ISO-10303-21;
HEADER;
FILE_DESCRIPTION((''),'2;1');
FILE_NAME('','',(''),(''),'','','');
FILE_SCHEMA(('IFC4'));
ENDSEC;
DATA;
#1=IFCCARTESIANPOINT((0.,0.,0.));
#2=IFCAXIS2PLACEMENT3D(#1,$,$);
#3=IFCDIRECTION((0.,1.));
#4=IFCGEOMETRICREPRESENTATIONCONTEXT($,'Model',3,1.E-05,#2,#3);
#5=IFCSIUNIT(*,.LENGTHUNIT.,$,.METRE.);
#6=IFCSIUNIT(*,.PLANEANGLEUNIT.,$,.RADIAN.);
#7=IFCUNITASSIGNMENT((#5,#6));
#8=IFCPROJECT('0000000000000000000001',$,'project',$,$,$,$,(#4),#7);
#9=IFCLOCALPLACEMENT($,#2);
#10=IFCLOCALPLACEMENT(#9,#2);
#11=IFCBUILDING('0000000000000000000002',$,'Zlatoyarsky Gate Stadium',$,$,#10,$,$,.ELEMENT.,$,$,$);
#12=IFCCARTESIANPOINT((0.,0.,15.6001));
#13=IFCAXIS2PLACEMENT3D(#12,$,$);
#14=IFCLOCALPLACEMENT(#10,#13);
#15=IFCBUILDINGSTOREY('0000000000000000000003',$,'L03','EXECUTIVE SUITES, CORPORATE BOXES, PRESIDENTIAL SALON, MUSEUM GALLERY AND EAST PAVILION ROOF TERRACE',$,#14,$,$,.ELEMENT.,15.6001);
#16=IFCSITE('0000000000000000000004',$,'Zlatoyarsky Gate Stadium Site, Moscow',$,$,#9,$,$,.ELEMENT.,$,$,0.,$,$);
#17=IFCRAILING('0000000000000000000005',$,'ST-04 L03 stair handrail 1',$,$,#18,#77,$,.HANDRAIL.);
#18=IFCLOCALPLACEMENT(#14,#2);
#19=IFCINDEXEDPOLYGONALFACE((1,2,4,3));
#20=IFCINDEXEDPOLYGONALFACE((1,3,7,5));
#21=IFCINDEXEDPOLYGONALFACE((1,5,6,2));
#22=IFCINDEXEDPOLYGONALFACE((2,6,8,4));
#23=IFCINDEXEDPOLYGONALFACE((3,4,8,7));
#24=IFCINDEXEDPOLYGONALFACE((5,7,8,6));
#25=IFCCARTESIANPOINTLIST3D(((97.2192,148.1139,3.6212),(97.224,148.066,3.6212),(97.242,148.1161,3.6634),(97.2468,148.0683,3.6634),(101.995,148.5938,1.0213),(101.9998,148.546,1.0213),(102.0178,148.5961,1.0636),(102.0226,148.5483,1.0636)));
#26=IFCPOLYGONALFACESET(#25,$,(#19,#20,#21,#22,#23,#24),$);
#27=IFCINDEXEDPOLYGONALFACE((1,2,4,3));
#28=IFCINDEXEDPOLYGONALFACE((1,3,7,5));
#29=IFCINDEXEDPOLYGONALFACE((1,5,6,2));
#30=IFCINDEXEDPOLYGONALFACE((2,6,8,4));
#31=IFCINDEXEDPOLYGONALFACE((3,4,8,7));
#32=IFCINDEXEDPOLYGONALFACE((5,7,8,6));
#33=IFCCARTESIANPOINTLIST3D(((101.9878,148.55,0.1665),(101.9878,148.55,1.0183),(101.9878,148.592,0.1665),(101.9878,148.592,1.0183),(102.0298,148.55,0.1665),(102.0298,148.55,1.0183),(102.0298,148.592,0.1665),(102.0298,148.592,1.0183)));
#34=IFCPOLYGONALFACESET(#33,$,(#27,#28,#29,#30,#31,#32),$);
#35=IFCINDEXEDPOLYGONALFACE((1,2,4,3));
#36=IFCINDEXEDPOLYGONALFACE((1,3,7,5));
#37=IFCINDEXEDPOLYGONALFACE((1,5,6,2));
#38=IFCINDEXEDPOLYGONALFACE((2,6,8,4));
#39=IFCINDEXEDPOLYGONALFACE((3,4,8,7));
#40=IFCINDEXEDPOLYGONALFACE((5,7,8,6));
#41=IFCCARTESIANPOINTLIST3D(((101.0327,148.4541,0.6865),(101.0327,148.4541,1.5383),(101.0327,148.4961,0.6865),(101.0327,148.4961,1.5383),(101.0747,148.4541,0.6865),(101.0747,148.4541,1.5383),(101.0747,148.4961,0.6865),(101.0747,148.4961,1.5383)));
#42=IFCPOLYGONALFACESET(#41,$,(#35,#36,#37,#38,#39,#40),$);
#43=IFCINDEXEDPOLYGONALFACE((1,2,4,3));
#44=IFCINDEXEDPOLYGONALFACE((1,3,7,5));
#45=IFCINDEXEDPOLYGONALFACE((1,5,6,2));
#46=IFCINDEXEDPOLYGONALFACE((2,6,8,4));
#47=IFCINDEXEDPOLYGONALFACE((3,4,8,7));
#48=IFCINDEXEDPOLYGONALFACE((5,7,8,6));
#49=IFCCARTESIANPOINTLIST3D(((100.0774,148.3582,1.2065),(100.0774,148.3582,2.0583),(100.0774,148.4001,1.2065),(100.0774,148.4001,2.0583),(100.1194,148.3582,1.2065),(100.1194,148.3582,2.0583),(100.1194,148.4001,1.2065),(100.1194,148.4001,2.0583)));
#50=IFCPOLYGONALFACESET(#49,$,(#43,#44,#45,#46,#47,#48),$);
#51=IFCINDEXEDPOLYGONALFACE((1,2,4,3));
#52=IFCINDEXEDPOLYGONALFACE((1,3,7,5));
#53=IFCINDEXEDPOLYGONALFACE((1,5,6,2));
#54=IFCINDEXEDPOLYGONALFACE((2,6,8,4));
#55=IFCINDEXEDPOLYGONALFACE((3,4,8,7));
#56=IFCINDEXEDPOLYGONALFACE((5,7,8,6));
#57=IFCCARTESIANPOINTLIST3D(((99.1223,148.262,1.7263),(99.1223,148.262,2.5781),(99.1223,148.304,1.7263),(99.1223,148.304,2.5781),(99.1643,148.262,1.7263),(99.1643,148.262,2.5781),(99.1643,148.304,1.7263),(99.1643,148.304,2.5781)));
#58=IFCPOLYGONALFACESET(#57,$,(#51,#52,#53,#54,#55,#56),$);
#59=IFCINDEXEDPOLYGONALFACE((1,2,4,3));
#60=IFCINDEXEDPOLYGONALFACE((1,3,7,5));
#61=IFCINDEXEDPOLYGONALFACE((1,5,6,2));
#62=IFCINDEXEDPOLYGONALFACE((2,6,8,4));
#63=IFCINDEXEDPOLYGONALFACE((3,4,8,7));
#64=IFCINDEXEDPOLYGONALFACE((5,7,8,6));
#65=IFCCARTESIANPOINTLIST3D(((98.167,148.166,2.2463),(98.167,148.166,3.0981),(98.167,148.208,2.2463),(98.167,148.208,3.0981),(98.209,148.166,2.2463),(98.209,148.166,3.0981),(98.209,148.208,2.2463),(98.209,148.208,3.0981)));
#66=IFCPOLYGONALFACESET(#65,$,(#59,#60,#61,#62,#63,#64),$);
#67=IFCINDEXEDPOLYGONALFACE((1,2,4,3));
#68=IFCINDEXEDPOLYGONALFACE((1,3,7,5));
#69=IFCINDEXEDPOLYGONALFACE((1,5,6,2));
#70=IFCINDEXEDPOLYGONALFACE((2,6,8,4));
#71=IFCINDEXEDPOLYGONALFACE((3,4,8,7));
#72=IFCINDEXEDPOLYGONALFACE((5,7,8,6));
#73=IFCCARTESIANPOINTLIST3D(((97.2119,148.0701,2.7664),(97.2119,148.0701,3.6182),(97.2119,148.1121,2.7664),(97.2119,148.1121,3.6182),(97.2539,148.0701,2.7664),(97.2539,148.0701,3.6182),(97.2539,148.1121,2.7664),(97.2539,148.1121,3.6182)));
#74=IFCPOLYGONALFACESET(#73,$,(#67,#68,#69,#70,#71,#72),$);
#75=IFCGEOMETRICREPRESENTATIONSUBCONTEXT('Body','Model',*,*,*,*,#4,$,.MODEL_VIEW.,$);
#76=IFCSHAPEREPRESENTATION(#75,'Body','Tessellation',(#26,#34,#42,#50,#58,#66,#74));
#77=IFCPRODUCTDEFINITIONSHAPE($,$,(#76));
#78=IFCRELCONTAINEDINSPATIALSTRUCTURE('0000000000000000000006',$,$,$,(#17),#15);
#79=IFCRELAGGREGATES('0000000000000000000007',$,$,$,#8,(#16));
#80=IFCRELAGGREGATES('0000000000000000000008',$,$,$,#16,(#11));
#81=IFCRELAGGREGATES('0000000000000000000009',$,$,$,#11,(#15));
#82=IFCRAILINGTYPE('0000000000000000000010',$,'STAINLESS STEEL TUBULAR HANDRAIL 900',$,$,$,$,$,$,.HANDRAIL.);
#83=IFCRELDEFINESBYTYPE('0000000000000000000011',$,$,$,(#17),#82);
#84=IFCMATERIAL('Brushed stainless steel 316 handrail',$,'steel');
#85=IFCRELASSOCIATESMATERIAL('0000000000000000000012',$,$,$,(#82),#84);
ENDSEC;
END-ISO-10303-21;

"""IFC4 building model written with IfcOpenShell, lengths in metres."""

from ifc_helpers import new_model, si_unit, direction, frame, origin, origin_2d, place, context, subcontext, project, spatial, rectangle, extrude, material, type_object, element, save


model = new_model("IFC4")

# Units and contexts
model_context = context("Model", 3, precision=1e-05, world=origin(), true_north=direction((0.0, 1.0)))
body_context = subcontext(model_context, "Body", "Model", "MODEL_VIEW")
ifc_project = project(units=[si_unit("LENGTHUNIT", "METRE"), si_unit("PLANEANGLEUNIT", "RADIAN")], contexts=[model_context])

# Site, building, storey
site_placement = place(None, origin())
site = spatial("IfcSite", under=ifc_project, at=site_placement, Name="Zlatoyarsky Gate Stadium Site, Moscow", CompositionType="ELEMENT", RefElevation=0.0)
building_placement = place(site_placement, origin())
building = spatial("IfcBuilding", under=site, at=building_placement, Name="Zlatoyarsky Gate Stadium", CompositionType="ELEMENT")
storey_placement = place(building_placement, frame((0.0, 0.0, 15.6001)))
storey = spatial("IfcBuildingStorey", under=building, at=storey_placement, Name="L03", Description="EXECUTIVE SUITES, CORPORATE BOXES, PRESIDENTIAL SALON, MUSEUM GALLERY AND EAST PAVILION ROOF TERRACE", CompositionType="ELEMENT", Elevation=15.6001)

# Railing
ifc_material_1 = material(Name="Brushed stainless steel 316 handrail", Category="steel")
railing_type_1 = type_object("IfcRailingType", Name="STAINLESS STEEL TUBULAR HANDRAIL 900", PredefinedType="HANDRAIL", material=ifc_material_1)
railing_1_placement = place(storey_placement, frame((102.0088, 148.571, 0.1665)))
element("IfcRailing", 1, at=railing_1_placement, inside=storey, type_object=railing_type_1, Name="ST-04 L03 stair handrail 1", PredefinedType="HANDRAIL", context=body_context, shape_type="SweptSolid", body=[
    extrude(rectangle(XDim=0.0481, YDim=0.0481, at=origin_2d()), frame((0.0, 0.0, 0.876), z_axis=(-0.874893, -0.087928, 0.476267), x_axis=(0.099997, -0.994988, 0.0)), (0.0, 0.0, 1.0), 5.4587),
    extrude(rectangle(XDim=0.042, YDim=0.042, at=origin_2d()), origin(), (0.0, 0.0, 1.0), 0.8518),
    extrude(rectangle(XDim=0.042, YDim=0.042, at=origin_2d()), frame((-0.9551, -0.0959, 0.52)), (0.0, 0.0, 1.0), 0.8518),
    extrude(rectangle(XDim=0.042, YDim=0.042, at=origin_2d()), frame((-1.9104, -0.1919, 1.04)), (0.0, 0.0, 1.0), 0.8518),
    extrude(rectangle(XDim=0.042, YDim=0.042, at=origin_2d()), frame((-2.8655, -0.2881, 1.5598)), (0.0, 0.0, 1.0), 0.8518),
    extrude(rectangle(XDim=0.042, YDim=0.042, at=origin_2d()), frame((-3.8208, -0.384, 2.0798)), (0.0, 0.0, 1.0), 0.8518),
    extrude(rectangle(XDim=0.042, YDim=0.042, at=origin_2d()), frame((-4.7759, -0.48, 2.5999)), (0.0, 0.0, 1.0), 0.8518),
])

save(model, "model.ifc")
